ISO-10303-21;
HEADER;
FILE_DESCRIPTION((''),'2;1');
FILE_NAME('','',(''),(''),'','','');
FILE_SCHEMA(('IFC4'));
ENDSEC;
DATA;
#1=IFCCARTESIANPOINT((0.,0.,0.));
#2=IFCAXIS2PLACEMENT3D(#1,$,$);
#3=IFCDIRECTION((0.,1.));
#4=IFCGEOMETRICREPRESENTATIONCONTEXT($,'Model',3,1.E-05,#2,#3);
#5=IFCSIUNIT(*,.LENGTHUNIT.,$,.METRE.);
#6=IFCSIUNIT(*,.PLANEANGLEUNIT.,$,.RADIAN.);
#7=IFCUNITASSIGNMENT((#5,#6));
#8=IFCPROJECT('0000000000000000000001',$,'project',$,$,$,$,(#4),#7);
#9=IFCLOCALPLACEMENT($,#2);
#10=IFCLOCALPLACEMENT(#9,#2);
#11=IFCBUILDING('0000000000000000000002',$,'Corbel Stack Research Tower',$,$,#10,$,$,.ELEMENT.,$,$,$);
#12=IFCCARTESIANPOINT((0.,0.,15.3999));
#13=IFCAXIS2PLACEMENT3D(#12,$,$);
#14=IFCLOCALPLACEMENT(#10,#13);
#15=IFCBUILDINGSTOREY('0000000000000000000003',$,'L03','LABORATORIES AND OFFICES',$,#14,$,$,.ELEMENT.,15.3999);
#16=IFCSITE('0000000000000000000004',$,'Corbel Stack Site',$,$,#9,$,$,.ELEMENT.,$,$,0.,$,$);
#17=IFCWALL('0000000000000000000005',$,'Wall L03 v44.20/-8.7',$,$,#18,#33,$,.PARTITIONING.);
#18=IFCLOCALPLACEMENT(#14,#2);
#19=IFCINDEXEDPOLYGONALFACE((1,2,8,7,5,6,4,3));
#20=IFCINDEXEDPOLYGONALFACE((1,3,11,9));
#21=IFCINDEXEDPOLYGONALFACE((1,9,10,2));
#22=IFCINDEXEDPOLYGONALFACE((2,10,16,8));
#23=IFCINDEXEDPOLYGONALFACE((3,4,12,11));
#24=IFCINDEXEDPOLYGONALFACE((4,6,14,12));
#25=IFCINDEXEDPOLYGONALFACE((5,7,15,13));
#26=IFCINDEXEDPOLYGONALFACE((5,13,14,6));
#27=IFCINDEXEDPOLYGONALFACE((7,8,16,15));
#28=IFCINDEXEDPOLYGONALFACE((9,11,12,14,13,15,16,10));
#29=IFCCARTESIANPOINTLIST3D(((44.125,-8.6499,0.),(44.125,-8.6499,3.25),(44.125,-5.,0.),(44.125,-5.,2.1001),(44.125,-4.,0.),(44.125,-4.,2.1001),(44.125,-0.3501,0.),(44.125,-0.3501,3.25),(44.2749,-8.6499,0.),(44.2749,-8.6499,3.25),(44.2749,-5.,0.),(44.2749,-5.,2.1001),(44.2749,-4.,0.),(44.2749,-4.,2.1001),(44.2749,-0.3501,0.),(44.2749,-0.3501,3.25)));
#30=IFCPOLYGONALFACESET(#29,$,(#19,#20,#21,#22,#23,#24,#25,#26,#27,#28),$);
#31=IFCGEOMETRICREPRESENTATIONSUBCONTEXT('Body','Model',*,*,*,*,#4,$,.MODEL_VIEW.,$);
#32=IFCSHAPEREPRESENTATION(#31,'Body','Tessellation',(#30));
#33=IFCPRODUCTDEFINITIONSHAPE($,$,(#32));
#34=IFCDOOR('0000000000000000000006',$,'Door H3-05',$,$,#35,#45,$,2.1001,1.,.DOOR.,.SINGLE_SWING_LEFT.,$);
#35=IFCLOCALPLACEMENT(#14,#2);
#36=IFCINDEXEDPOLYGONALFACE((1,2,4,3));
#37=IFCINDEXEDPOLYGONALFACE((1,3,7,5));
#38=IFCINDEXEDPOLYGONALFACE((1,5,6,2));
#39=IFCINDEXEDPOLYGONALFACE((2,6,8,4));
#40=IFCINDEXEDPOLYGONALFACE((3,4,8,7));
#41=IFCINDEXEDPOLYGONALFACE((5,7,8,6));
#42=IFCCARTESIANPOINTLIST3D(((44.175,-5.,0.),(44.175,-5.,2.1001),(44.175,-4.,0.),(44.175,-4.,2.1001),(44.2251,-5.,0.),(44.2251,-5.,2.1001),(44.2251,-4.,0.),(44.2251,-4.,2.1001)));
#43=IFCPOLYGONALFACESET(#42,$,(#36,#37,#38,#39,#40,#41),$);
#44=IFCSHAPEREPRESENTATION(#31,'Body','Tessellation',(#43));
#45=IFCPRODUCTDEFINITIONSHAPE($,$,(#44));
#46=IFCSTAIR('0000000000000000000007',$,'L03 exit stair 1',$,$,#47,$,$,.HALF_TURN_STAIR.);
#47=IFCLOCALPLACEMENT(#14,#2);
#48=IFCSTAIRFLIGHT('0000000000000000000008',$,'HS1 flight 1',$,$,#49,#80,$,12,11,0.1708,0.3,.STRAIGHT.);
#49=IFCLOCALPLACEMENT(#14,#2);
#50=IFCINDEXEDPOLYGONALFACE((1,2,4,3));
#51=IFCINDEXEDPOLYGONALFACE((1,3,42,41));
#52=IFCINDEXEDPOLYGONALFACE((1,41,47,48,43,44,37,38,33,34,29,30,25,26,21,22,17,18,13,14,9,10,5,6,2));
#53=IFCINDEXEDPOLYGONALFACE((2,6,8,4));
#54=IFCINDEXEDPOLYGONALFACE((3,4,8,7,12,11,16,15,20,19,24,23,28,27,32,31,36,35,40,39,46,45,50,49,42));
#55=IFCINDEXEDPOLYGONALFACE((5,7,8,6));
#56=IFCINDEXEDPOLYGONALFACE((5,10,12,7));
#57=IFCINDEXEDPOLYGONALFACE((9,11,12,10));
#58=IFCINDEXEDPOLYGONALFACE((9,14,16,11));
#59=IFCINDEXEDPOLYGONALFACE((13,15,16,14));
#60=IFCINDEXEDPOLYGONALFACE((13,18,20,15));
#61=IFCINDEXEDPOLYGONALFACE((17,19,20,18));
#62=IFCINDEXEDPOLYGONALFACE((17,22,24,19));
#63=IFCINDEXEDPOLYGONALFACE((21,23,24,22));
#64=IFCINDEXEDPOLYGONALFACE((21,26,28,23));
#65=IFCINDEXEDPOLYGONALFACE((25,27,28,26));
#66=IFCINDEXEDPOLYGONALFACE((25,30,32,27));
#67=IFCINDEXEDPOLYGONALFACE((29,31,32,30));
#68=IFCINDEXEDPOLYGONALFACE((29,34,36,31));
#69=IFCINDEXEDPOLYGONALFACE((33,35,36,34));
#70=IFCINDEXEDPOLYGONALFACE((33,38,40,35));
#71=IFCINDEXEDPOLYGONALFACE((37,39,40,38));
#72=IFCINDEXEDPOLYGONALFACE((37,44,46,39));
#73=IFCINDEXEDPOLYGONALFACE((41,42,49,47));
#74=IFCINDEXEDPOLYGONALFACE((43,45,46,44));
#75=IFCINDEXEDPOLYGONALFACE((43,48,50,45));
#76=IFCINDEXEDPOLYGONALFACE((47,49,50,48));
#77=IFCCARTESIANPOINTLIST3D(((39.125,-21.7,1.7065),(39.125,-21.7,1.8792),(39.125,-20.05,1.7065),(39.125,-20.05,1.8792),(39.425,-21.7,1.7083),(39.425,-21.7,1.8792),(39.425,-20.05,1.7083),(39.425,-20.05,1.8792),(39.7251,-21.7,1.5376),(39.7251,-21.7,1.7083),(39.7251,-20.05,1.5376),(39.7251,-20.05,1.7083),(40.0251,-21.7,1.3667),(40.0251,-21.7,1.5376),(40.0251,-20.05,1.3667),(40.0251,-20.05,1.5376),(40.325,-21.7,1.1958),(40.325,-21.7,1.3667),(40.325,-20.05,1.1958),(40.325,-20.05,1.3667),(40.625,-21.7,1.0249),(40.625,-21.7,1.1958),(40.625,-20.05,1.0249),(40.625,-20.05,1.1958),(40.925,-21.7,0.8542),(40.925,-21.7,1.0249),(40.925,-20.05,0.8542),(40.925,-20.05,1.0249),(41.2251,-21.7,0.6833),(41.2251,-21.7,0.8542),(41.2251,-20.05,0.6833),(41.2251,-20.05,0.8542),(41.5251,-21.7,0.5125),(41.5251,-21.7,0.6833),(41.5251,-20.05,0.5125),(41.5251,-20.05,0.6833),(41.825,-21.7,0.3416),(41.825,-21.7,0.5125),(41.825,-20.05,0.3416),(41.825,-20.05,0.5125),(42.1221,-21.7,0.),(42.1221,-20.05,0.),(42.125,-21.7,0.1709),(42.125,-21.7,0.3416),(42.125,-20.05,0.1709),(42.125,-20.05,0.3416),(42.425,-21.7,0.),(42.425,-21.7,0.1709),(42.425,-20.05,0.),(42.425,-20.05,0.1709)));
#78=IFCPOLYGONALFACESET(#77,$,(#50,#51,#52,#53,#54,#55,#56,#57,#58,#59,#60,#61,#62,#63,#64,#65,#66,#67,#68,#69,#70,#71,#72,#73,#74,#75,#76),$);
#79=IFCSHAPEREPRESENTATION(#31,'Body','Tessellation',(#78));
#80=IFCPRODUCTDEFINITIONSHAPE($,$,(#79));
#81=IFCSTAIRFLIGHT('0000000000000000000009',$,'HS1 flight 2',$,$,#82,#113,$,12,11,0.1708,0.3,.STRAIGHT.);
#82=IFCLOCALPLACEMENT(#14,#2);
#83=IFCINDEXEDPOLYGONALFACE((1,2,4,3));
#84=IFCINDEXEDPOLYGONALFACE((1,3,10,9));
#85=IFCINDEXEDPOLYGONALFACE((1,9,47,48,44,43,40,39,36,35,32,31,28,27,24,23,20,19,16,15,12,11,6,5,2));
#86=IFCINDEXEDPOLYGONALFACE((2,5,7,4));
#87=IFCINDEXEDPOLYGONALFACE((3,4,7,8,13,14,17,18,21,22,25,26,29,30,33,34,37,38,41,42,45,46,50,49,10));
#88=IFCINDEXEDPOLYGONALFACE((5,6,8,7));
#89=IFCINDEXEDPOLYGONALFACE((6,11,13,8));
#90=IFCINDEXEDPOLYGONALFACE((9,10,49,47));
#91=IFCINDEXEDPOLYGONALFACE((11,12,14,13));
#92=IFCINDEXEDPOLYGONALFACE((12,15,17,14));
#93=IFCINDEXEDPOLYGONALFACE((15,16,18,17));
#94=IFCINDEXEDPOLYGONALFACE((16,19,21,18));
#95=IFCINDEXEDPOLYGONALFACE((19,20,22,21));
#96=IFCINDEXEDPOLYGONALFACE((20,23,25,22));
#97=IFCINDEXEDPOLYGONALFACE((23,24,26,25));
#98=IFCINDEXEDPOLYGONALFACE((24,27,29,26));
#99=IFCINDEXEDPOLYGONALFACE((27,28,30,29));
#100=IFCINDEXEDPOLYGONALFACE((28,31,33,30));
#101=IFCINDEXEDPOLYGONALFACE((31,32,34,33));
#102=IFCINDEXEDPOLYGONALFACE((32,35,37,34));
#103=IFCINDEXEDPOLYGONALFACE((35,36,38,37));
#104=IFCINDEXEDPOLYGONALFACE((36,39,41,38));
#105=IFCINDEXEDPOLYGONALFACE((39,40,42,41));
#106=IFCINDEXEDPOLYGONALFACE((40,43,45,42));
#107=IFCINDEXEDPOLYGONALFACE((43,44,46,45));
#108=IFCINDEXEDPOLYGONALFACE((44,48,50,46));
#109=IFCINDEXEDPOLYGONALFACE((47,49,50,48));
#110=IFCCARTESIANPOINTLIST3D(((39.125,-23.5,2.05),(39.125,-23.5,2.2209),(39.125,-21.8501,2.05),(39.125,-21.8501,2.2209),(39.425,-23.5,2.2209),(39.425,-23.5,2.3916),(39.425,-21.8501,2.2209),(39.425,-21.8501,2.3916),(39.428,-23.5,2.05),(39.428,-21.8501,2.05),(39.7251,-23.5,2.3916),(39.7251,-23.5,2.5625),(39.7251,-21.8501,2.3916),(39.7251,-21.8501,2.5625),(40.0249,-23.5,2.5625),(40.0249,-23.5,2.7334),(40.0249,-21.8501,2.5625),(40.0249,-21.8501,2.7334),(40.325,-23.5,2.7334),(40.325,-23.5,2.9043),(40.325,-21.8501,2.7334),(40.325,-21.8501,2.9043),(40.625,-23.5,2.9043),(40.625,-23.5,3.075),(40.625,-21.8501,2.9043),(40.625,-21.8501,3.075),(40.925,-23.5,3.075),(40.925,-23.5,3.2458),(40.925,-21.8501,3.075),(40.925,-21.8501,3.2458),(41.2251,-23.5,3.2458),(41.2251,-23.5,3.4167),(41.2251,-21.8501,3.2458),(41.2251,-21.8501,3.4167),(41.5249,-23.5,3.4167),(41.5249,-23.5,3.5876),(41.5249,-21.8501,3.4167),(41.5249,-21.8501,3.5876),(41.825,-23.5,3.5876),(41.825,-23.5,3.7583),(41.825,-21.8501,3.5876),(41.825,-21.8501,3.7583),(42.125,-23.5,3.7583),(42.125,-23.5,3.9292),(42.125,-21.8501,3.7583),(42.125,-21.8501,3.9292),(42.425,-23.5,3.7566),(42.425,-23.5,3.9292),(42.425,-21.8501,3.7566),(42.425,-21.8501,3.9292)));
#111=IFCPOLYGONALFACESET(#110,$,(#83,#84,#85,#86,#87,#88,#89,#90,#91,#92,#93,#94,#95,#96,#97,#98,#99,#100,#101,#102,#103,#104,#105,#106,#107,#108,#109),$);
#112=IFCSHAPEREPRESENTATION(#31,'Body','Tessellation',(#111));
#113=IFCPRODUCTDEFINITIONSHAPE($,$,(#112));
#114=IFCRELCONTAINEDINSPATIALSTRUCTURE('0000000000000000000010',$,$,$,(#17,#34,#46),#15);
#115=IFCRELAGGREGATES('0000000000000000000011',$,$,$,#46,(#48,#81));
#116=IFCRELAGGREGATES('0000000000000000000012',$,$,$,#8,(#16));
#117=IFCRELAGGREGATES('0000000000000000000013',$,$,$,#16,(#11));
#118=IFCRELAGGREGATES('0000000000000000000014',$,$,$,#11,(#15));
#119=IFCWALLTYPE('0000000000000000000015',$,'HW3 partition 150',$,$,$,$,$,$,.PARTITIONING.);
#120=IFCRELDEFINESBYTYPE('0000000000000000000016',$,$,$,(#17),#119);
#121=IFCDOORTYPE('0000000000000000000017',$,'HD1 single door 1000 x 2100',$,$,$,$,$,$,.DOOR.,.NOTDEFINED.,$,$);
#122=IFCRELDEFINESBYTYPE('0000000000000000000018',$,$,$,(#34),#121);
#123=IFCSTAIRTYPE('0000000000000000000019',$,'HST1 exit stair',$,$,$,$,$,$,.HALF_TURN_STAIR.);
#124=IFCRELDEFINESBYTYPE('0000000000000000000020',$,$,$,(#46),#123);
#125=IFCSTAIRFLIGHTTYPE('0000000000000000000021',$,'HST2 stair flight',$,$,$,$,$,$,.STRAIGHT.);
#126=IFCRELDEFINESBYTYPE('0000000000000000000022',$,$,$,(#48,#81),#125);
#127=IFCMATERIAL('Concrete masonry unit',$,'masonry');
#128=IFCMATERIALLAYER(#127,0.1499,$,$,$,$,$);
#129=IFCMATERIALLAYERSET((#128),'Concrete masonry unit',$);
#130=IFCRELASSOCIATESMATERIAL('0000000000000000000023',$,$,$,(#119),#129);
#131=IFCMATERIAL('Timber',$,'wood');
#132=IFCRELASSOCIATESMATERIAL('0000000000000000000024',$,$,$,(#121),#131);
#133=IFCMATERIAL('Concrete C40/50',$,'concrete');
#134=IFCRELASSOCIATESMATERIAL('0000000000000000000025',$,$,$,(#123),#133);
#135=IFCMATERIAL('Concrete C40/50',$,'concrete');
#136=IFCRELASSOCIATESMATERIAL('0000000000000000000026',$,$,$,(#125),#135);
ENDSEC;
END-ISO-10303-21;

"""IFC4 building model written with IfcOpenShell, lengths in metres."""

from ifc_helpers import new_model, si_unit, direction, frame, frame_2d, origin, place, context, subcontext, project, spatial, polyline, rectangle, outline, extrude, material, layer, layer_set, type_object, element, fill, aggregate, save


model = new_model("IFC4")

# Units and contexts
model_context = context("Model", 3, precision=1e-05, world=origin(), true_north=direction((0.0, 1.0)))
body_context = subcontext(model_context, "Body", "Model", "MODEL_VIEW")
ifc_project = project(units=[si_unit("LENGTHUNIT", "METRE"), si_unit("PLANEANGLEUNIT", "RADIAN")], contexts=[model_context])

# Site, building, storey
site_placement = place(None, origin())
site = spatial("IfcSite", under=ifc_project, at=site_placement, Name="Corbel Stack Site", CompositionType="ELEMENT", RefElevation=0.0)
building_placement = place(site_placement, origin())
building = spatial("IfcBuilding", under=site, at=building_placement, Name="Corbel Stack Research Tower", CompositionType="ELEMENT")
storey_placement = place(building_placement, frame((0.0, 0.0, 15.3999)))
storey = spatial("IfcBuildingStorey", under=building, at=storey_placement, Name="L03", Description="LABORATORIES AND OFFICES", CompositionType="ELEMENT", Elevation=15.3999)

# Shared definitions
ifc_material_1 = material(Name="Concrete masonry unit", Category="masonry")
ifc_layer_1 = layer(ifc_material_1, 0.1499)
ifc_layer_set_1 = layer_set([ifc_layer_1], Name="Concrete masonry unit")
wall_type_1 = type_object("IfcWallType", Name="HW3 partition 150", PredefinedType="PARTITIONING", material=ifc_layer_set_1)

# Wall, opening, door
ifc_material_2 = material(Name="Timber", Category="wood")
door_type_1 = type_object("IfcDoorType", Name="HD1 single door 1000 x 2100", OperationType="NOTDEFINED", PredefinedType="DOOR", material=ifc_material_2)
wall_1_placement = place(storey_placement, frame((44.2, -8.6499, 0.0), z_axis=(0.0, 0.0, 1.0), x_axis=(0.0, 1.0, 0.0)))
wall_1 = element("IfcWall", 1, at=wall_1_placement, inside=storey, type_object=wall_type_1, Name="Wall L03 v44.20/-8.7", PredefinedType="PARTITIONING", context=body_context, shape_type="SweptSolid", body=[
    extrude(rectangle(XDim=8.2998, YDim=0.1499, at=frame_2d((4.1499, 0.0))), origin(), (0.0, 0.0, 1.0), 3.25),
])
opening_1_placement = place(wall_1_placement, frame((3.6499, 0.0, 0.0)))
opening_1 = element("IfcOpeningElement", 2, at=opening_1_placement, cuts=wall_1, PredefinedType="OPENING", context=body_context, shape_type="SweptSolid", body=[
    extrude(rectangle(XDim=1.0, YDim=2.1001, at=frame_2d((0.5, 1.05))), frame((0.0, 0.085, 0.0), z_axis=(0.0, -1.0, 0.0), x_axis=(1.0, 0.0, 0.0)), (0.0, 0.0, 1.0), 0.1699),
])
door_1_placement = place(opening_1_placement, origin())
door_1 = element("IfcDoor", 3, at=door_1_placement, inside=storey, type_object=door_type_1, Name="Door H3-05", OperationType="SINGLE_SWING_LEFT", OverallHeight=2.1001, OverallWidth=1.0, PredefinedType="DOOR", context=body_context, shape_type="SweptSolid", body=[
    extrude(rectangle(XDim=1.0, YDim=2.1001, at=frame_2d((0.5, 1.05))), frame((0.0, 0.0249, 0.0), z_axis=(0.0, -1.0, 0.0), x_axis=(1.0, 0.0, 0.0)), (0.0, 0.0, 1.0), 0.05),
])
fill(opening_1, door_1)

# Stair, stair flights
ifc_material_3 = material(Name="Concrete C40/50", Category="concrete")
stair_type = type_object("IfcStairType", Name="HST1 exit stair", PredefinedType="HALF_TURN_STAIR", material=ifc_material_3)
stair_placement = place(storey_placement, origin())
stair = element("IfcStair", 4, at=stair_placement, inside=storey, type_object=stair_type, Name="L03 exit stair 1", PredefinedType="HALF_TURN_STAIR")
ifc_material_4 = material(Name="Concrete C40/50", Category="concrete")
stair_flight_type = type_object("IfcStairFlightType", Name="HST2 stair flight", PredefinedType="STRAIGHT", material=ifc_material_4)
stair_flight_1_placement = place(storey_placement, frame((42.425, -20.875, 0.0), z_axis=(0.0, 0.0, 1.0), x_axis=(-1.0, 0.0, 0.0)))
stair_flight_1 = element("IfcStairFlight", 5, at=stair_flight_1_placement, type_object=stair_flight_type, Name="HS1 flight 1", NumberOfRisers=12, NumberOfTreads=11, PredefinedType="STRAIGHT", RiserHeight=0.1708, TreadLength=0.3, context=body_context, shape_type="SweptSolid", body=[
    extrude(outline(polyline([(0.0, 0.0), (0.0, 0.1709), (0.3, 0.1709), (0.3, 0.3416), (0.6001, 0.3416), (0.6001, 0.5125), (0.8999, 0.5125), (0.8999, 0.6833), (1.2, 0.6833), (1.2, 0.8542), (1.5, 0.8542), (1.5, 1.0249), (1.8, 1.0249), (1.8, 1.1958), (2.1001, 1.1958), (2.1001, 1.3667), (2.3999, 1.3667), (2.3999, 1.5376), (2.7, 1.5376), (2.7, 1.7083), (3.0, 1.7083), (3.0, 1.8792), (3.3, 1.8792), (3.3, 2.05), (3.3, 1.7065), (0.303, 0.0), (0.0, 0.0)])), frame((0.0, 0.825, 0.0), z_axis=(0.0, -1.0, 0.0), x_axis=(1.0, 0.0, 0.0)), (0.0, 0.0, 1.0), 1.6499),
])
stair_flight_2_placement = place(storey_placement, frame((39.125, -22.675, 2.05), z_axis=(0.0, 0.0, 1.0), x_axis=(1.0, 0.0, 0.0)))
stair_flight_2 = element("IfcStairFlight", 6, at=stair_flight_2_placement, type_object=stair_flight_type, Name="HS1 flight 2", NumberOfRisers=12, NumberOfTreads=11, PredefinedType="STRAIGHT", RiserHeight=0.1708, TreadLength=0.3, context=body_context, shape_type="SweptSolid", body=[
    extrude(outline(polyline([(0.0, 0.0), (0.0, 0.1709), (0.3, 0.1709), (0.3, 0.3416), (0.6001, 0.3416), (0.6001, 0.5125), (0.8999, 0.5125), (0.8999, 0.6833), (1.2, 0.6833), (1.2, 0.8542), (1.5, 0.8542), (1.5, 1.0249), (1.8, 1.0249), (1.8, 1.1958), (2.1001, 1.1958), (2.1001, 1.3667), (2.3999, 1.3667), (2.3999, 1.5376), (2.7, 1.5376), (2.7, 1.7083), (3.0, 1.7083), (3.0, 1.8792), (3.3, 1.8792), (3.3, 2.05), (3.3, 1.7065), (0.303, 0.0), (0.0, 0.0)])), frame((0.0, 0.825, 0.0), z_axis=(0.0, -1.0, 0.0), x_axis=(1.0, 0.0, 0.0)), (0.0, 0.0, 1.0), 1.6499),
])
aggregate(stair, [stair_flight_1, stair_flight_2])

save(model, "model.ifc")
